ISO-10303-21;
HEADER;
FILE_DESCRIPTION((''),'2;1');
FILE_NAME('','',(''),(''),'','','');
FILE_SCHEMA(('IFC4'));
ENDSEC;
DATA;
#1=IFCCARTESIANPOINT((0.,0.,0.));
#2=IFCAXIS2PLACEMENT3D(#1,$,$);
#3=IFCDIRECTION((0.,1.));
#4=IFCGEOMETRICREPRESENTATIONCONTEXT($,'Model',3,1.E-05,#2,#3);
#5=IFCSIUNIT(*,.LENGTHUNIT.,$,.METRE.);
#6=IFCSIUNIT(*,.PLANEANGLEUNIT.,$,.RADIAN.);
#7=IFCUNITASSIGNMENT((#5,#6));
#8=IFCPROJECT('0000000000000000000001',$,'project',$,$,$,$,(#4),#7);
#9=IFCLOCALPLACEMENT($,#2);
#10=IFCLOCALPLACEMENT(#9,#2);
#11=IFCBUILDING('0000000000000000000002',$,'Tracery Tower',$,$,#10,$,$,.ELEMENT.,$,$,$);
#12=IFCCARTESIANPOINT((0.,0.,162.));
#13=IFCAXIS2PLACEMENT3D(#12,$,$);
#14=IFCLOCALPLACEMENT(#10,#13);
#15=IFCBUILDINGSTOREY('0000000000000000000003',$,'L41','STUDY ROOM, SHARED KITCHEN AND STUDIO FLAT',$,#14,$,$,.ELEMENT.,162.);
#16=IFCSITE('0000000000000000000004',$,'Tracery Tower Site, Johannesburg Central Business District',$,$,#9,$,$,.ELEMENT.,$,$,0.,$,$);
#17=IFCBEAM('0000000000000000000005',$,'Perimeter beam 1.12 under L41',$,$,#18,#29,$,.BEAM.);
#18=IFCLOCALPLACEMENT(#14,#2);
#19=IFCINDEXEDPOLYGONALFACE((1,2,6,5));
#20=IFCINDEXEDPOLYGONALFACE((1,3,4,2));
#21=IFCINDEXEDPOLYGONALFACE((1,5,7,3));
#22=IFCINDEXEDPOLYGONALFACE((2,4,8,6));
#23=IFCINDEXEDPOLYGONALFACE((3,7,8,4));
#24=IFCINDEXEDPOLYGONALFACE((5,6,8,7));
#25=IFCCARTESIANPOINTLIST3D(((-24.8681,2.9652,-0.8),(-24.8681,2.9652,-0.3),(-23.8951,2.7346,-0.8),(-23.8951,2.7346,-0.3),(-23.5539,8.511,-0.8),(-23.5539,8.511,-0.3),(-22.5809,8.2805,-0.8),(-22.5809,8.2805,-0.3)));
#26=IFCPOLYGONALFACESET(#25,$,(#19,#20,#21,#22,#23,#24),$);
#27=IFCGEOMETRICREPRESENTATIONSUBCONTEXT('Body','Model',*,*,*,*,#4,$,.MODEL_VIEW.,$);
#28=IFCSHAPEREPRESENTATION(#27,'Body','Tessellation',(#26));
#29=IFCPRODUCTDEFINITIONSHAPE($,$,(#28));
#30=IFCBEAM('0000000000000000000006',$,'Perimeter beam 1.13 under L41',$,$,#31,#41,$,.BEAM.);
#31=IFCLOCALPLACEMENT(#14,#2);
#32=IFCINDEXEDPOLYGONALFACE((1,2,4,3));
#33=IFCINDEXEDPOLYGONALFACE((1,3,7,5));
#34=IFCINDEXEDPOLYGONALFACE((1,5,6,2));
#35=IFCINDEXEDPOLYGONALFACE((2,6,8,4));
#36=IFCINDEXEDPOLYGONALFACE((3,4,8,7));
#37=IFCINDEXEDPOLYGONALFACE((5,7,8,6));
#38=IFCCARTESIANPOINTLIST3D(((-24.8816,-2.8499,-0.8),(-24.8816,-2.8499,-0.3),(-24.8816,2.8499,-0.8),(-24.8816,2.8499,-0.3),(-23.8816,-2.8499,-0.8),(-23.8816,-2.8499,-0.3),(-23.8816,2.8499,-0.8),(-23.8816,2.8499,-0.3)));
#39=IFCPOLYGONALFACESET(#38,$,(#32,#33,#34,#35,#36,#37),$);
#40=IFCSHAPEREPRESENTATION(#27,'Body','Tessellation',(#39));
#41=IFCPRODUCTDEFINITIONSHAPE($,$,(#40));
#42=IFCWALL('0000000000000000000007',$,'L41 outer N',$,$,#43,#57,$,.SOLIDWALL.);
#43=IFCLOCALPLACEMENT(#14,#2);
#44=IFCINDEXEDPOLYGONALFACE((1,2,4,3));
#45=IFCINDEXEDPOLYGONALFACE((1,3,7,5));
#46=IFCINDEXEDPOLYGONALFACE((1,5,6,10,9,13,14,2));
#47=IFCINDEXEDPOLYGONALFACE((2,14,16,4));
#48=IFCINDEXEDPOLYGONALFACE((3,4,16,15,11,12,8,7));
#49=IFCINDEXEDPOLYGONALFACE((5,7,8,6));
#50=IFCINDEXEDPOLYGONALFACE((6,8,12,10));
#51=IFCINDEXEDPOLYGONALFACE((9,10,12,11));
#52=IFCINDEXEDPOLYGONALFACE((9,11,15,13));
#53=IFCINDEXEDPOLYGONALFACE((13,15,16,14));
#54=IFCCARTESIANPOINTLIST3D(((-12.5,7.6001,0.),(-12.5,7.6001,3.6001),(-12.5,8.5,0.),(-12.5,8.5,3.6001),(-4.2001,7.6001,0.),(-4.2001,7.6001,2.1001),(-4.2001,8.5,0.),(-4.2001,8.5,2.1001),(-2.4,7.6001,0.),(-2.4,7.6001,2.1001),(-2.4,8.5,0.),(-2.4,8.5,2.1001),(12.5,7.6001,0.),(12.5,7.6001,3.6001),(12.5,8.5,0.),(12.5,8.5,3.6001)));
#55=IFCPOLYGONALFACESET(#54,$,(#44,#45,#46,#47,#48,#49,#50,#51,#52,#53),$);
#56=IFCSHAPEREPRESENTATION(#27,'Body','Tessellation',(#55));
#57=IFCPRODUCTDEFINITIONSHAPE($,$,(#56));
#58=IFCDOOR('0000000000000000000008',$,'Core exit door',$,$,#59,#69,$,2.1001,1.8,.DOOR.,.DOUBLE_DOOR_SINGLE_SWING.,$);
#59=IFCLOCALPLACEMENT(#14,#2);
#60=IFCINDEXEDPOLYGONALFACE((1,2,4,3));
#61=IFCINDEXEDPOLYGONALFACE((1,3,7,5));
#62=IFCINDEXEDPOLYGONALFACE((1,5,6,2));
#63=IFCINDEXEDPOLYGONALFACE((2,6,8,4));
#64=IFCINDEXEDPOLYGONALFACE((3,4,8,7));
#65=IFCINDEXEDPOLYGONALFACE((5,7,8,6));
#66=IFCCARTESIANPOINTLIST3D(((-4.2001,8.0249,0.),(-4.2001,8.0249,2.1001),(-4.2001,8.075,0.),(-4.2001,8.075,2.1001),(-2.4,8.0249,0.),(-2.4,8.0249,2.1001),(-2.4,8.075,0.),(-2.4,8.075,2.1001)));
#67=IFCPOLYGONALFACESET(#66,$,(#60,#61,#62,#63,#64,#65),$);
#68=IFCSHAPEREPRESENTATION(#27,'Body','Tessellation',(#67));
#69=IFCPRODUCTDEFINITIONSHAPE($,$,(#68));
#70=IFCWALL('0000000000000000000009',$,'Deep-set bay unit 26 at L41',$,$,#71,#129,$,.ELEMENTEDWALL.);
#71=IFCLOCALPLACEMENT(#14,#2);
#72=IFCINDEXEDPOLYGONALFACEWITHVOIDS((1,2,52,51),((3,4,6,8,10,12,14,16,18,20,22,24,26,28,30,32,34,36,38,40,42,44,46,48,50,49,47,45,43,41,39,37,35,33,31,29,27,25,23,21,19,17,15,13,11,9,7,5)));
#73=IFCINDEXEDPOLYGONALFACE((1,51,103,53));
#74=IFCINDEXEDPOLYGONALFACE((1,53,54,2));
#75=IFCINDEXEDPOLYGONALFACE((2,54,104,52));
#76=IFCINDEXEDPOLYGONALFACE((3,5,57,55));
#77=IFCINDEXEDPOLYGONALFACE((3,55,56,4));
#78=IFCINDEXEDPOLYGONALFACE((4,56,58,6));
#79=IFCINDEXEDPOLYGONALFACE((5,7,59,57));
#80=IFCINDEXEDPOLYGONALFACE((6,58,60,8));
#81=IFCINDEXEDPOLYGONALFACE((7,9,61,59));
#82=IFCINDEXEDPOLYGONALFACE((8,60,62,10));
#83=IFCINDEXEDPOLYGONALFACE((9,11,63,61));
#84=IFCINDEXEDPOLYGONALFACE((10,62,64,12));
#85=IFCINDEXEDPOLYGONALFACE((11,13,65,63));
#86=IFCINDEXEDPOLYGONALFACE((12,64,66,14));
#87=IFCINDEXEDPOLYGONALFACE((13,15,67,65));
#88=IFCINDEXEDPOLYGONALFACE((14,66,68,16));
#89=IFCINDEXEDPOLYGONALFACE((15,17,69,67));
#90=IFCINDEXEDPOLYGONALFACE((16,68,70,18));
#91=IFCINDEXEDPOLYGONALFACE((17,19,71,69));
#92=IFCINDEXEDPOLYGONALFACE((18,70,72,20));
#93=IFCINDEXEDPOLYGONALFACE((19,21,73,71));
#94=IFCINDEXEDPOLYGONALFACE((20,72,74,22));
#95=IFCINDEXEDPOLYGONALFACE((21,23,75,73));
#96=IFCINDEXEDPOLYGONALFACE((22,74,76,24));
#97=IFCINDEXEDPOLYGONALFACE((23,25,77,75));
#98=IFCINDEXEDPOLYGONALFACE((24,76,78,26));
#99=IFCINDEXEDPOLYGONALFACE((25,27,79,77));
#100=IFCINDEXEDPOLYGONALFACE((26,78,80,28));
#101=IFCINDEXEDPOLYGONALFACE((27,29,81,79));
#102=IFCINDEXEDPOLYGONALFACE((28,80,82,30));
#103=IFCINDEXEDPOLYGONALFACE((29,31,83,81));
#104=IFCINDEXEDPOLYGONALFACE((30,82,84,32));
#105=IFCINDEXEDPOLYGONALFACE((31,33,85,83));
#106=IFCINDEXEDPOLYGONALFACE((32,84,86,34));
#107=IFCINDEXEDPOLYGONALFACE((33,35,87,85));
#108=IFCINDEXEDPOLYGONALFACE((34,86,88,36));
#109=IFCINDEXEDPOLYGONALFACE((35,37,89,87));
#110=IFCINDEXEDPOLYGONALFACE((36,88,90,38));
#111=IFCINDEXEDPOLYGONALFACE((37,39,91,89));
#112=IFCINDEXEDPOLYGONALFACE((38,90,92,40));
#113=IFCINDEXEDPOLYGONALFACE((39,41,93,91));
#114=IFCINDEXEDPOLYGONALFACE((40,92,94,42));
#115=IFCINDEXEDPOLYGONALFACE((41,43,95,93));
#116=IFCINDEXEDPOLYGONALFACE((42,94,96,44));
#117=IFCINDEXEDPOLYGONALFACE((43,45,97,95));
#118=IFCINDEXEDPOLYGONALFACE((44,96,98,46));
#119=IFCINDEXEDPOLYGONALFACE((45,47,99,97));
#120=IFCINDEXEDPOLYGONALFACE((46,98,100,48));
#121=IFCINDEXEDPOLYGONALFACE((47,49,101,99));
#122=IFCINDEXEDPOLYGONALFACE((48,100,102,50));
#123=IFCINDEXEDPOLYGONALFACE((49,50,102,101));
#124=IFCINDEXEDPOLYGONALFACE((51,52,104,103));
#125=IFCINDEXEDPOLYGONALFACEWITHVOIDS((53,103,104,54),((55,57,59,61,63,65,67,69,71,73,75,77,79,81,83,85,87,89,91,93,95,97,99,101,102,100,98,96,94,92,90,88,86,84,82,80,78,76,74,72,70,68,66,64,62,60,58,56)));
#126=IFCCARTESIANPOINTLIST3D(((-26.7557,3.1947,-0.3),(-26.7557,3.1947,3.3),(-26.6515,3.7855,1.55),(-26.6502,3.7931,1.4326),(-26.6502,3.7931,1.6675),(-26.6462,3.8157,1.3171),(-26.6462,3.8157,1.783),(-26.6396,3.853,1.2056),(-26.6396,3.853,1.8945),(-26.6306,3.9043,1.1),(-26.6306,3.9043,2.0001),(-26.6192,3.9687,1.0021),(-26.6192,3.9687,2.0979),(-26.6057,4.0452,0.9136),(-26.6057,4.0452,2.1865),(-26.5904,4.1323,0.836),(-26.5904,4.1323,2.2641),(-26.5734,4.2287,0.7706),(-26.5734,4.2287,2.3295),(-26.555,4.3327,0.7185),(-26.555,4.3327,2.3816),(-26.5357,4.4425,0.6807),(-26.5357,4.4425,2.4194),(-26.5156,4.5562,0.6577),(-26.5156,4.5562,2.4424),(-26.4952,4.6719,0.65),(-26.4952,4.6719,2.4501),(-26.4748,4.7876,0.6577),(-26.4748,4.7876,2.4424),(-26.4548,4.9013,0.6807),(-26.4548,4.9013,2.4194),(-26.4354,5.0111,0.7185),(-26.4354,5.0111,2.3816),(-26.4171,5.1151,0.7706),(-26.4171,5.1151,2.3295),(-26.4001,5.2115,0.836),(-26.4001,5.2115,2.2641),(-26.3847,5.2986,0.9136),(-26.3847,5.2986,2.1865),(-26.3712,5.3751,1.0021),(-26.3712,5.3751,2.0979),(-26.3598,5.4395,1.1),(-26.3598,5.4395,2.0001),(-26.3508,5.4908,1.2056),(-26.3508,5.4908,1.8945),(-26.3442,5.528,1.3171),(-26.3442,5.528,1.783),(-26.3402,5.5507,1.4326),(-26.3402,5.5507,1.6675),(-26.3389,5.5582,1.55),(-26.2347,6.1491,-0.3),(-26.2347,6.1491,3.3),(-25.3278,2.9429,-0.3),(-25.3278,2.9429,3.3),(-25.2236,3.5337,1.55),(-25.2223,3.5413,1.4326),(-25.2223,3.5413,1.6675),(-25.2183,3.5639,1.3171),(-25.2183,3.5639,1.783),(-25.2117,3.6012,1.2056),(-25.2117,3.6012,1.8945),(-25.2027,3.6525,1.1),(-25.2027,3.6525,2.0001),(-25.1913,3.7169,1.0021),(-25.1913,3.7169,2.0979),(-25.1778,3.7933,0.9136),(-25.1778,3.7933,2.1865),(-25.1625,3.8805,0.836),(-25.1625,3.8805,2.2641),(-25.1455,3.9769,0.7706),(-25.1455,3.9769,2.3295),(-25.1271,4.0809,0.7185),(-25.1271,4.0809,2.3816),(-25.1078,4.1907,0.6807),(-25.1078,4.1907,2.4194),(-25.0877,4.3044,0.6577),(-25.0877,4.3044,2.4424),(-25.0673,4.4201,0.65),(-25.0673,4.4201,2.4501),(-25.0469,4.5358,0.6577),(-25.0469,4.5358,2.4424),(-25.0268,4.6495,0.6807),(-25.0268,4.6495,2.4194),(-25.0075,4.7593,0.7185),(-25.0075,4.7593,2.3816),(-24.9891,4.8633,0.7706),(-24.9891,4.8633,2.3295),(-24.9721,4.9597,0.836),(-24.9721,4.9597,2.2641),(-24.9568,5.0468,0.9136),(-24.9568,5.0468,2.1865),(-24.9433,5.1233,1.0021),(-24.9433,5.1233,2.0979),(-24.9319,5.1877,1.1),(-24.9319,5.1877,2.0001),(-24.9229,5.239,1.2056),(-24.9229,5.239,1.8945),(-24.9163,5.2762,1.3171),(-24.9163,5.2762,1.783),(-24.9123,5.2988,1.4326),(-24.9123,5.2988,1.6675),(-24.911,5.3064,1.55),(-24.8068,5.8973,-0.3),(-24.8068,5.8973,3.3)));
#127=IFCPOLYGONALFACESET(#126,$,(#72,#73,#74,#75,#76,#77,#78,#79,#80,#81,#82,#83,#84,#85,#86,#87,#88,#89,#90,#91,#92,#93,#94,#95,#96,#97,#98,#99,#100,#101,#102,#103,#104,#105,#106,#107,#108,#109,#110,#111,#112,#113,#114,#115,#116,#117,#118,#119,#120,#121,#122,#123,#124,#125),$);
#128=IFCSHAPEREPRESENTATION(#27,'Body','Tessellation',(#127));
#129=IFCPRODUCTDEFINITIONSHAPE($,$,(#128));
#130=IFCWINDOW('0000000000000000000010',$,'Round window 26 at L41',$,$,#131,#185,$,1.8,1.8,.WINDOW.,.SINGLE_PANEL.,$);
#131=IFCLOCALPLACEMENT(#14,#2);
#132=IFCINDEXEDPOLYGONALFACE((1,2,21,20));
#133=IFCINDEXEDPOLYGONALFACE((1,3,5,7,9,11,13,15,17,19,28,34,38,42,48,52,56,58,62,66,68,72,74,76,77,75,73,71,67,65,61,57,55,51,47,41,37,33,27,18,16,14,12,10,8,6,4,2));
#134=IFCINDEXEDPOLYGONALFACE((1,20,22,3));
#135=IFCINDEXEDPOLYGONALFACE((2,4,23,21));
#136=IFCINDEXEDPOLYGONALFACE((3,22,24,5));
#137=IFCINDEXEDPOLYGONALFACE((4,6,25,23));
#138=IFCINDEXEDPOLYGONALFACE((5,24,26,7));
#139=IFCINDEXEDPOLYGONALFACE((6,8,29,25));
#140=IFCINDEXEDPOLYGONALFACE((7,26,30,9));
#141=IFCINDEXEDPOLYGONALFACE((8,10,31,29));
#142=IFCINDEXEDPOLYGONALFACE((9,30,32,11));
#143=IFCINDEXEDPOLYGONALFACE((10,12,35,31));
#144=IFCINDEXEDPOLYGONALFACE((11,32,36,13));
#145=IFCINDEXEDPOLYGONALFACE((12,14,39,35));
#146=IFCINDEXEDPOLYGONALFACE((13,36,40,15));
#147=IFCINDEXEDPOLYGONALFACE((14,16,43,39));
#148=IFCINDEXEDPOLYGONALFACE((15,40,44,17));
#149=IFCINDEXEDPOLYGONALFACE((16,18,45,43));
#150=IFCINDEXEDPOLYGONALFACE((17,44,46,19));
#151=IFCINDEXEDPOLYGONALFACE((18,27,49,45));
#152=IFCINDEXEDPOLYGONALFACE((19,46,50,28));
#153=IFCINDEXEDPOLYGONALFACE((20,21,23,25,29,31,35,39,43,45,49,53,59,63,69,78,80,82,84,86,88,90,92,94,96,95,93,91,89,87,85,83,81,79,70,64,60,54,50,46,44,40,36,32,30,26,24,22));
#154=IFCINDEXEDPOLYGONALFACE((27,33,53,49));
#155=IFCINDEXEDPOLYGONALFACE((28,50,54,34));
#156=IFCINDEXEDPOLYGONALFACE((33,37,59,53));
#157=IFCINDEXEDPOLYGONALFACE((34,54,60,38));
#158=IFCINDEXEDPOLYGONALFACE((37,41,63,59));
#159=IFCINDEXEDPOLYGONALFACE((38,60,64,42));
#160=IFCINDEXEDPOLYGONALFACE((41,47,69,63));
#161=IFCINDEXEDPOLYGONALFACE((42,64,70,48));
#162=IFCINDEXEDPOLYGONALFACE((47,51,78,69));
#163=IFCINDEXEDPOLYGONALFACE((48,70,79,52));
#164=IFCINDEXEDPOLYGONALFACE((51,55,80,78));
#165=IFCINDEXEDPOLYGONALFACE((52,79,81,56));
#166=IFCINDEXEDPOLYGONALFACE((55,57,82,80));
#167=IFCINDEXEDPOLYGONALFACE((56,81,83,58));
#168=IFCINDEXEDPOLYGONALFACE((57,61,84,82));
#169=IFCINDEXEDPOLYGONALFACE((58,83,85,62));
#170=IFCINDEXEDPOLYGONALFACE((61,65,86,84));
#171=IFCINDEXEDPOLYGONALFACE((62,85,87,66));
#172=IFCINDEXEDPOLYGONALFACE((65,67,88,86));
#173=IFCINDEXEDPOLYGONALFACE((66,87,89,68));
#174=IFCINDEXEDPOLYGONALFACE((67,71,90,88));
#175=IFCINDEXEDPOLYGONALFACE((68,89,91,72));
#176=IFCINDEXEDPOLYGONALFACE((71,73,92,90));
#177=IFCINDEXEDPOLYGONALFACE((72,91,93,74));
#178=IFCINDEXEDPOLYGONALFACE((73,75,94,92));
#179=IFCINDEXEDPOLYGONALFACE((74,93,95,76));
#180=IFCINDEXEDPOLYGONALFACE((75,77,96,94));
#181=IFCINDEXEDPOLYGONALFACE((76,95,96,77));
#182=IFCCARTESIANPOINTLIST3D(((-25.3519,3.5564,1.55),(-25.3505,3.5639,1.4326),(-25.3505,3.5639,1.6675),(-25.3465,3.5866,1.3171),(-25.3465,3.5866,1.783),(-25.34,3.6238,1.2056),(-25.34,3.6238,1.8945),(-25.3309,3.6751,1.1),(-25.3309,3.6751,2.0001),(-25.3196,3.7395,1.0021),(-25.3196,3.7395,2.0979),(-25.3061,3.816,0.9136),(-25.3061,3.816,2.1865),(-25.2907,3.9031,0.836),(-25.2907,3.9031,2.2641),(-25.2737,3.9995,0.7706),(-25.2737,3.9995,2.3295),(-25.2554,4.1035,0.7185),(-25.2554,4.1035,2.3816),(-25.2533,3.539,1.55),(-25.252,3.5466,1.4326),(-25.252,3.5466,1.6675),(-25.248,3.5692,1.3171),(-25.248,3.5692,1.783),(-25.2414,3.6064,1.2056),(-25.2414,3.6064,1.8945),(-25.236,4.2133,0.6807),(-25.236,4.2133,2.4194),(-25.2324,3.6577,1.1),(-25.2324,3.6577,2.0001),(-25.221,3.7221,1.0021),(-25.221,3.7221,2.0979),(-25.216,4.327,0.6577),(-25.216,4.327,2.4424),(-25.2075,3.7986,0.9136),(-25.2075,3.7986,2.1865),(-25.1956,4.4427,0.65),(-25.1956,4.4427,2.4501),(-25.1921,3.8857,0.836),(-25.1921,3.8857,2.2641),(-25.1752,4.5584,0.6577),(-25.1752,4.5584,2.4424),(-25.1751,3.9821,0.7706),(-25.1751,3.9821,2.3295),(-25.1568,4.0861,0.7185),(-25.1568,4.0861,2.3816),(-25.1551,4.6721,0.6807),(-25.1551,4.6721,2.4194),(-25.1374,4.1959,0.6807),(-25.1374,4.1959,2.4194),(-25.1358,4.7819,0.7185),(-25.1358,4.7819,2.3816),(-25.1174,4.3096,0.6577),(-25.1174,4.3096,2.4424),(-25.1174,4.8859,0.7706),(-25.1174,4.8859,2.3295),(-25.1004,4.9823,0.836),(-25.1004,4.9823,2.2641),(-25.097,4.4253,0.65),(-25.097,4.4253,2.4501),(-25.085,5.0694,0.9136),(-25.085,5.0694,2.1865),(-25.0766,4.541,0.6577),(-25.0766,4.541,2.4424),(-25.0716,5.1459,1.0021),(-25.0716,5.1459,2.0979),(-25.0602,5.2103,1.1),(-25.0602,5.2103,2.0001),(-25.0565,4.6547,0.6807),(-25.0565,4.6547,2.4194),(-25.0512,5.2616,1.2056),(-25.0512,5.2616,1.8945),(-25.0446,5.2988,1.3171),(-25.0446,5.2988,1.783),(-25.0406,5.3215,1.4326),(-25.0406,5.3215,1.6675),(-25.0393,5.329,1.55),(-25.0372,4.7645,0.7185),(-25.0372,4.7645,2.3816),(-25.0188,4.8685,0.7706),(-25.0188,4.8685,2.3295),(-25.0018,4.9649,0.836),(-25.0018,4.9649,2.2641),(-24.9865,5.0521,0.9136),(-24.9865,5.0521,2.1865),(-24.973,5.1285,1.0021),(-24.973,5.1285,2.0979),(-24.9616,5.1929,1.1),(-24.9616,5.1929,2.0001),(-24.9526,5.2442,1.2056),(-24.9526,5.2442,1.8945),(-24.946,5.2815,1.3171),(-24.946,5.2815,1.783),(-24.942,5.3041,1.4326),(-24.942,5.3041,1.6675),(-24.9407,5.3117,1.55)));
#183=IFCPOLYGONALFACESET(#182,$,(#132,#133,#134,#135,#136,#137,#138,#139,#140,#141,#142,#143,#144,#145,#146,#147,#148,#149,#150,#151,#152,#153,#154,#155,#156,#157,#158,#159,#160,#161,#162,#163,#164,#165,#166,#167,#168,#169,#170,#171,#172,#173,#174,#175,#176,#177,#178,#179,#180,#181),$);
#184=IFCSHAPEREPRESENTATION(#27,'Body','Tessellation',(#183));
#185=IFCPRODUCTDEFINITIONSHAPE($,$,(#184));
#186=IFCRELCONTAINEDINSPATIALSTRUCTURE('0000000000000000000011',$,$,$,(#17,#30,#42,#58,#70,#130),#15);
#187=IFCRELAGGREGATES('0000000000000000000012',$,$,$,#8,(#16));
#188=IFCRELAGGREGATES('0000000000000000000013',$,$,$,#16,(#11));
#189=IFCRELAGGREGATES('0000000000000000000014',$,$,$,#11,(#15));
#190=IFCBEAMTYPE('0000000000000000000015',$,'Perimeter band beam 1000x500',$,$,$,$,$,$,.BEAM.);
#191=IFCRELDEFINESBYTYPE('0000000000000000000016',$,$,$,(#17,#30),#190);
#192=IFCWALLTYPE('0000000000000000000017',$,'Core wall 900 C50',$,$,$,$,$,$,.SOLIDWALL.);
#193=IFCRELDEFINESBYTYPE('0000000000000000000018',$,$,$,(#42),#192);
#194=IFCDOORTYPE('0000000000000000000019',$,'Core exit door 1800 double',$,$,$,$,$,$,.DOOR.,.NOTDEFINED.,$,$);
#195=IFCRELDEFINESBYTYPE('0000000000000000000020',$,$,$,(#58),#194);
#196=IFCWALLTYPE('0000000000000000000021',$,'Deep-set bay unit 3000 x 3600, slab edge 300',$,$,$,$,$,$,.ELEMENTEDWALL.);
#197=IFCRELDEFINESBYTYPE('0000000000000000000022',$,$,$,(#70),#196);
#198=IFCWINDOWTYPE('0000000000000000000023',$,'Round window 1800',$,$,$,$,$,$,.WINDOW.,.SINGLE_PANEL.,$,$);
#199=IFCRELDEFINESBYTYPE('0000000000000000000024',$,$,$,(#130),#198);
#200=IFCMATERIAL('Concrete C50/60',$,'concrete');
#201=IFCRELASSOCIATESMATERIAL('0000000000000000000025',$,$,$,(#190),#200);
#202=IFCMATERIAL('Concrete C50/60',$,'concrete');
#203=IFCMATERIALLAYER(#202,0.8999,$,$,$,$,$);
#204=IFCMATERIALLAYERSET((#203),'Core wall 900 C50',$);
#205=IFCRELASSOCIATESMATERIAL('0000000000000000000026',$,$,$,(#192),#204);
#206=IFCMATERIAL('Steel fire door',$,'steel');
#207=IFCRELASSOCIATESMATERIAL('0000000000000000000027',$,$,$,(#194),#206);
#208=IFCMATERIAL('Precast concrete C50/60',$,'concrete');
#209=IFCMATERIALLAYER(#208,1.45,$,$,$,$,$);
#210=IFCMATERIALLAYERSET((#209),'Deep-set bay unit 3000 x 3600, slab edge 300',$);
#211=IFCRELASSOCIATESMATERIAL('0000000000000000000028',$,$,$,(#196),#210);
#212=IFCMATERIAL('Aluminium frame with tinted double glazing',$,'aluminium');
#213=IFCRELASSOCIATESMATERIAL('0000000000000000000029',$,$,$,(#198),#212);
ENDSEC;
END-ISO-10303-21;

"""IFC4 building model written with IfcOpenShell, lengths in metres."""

from ifc_helpers import new_model, si_unit, direction, frame, frame_2d, origin, origin_2d, place, context, subcontext, project, spatial, rectangle, circle, extrude, material, layer, layer_set, material_profile, profile_set, type_object, element, fill, save


model = new_model("IFC4")

# Units and contexts
model_context = context("Model", 3, precision=1e-05, world=origin(), true_north=direction((0.0, 1.0)))
body_context = subcontext(model_context, "Body", "Model", "MODEL_VIEW")
ifc_project = project(units=[si_unit("LENGTHUNIT", "METRE"), si_unit("PLANEANGLEUNIT", "RADIAN")], contexts=[model_context])

# Site, building, storey
site_placement = place(None, origin())
site = spatial("IfcSite", under=ifc_project, at=site_placement, Name="Tracery Tower Site, Johannesburg Central Business District", CompositionType="ELEMENT", RefElevation=0.0)
building_placement = place(site_placement, origin())
building = spatial("IfcBuilding", under=site, at=building_placement, Name="Tracery Tower", CompositionType="ELEMENT")
storey_placement = place(building_placement, frame((0.0, 0.0, 162.0)))
storey = spatial("IfcBuildingStorey", under=building, at=storey_placement, Name="L41", Description="STUDY ROOM, SHARED KITCHEN AND STUDIO FLAT", CompositionType="ELEMENT", Elevation=162.0)

# Beams
ifc_material_1 = material(Name="Concrete C50/60", Category="concrete")
ifc_material_profile_1 = material_profile(ifc_material_1, rectangle(XDim=1.0, YDim=0.5, at=origin_2d()), Name="RC 1000x500")
ifc_profile_set_1 = profile_set([ifc_material_profile_1], Name="Concrete C50/60")
beam_type = type_object("IfcBeamType", Name="Perimeter band beam 1000x500", PredefinedType="BEAM", material=ifc_profile_set_1)
beam_1_placement = place(storey_placement, frame((-23.0674, 8.3958, -0.55), z_axis=(-0.230584, -0.973052, 0.0), x_axis=(0.973052, -0.230584, 0.0)))
element("IfcBeam", 1, at=beam_1_placement, inside=storey, type_object=beam_type, Name="Perimeter beam 1.12 under L41", PredefinedType="BEAM", context=body_context, shape_type="SweptSolid", body=[
    extrude(rectangle(XDim=1.0, YDim=0.5, at=origin_2d()), origin(), (0.0, 0.0, 1.0), 5.6995),
])
beam_2_placement = place(storey_placement, frame((-24.3816, 2.8499, -0.55), z_axis=(0.0, -1.0, 0.0), x_axis=(1.0, 0.0, 0.0)))
element("IfcBeam", 2, at=beam_2_placement, inside=storey, type_object=beam_type, Name="Perimeter beam 1.13 under L41", PredefinedType="BEAM", context=body_context, shape_type="SweptSolid", body=[
    extrude(rectangle(XDim=1.0, YDim=0.5, at=origin_2d()), origin(), (0.0, 0.0, 1.0), 5.6997),
])

# Wall, opening, door
ifc_material_2 = material(Name="Concrete C50/60", Category="concrete")
ifc_layer_1 = layer(ifc_material_2, 0.8999)
ifc_layer_set_1 = layer_set([ifc_layer_1], Name="Core wall 900 C50")
wall_type_1 = type_object("IfcWallType", Name="Core wall 900 C50", PredefinedType="SOLIDWALL", material=ifc_layer_set_1)
wall_1_placement = place(storey_placement, frame((-12.5, 8.05, 0.0), z_axis=(0.0, 0.0, 1.0), x_axis=(1.0, 0.0, 0.0)))
wall_1 = element("IfcWall", 3, at=wall_1_placement, inside=storey, type_object=wall_type_1, Name="L41 outer N", PredefinedType="SOLIDWALL", context=body_context, shape_type="SweptSolid", body=[
    extrude(rectangle(XDim=25.0, YDim=0.8999, at=frame_2d((12.5, 0.0))), origin(), (0.0, 0.0, 1.0), 3.6001),
])
opening_1_placement = place(wall_1_placement, frame((8.3, 0.0, 0.0)))
opening_1 = element("IfcOpeningElement", 4, at=opening_1_placement, cuts=wall_1, PredefinedType="OPENING", context=body_context, shape_type="SweptSolid", body=[
    extrude(rectangle(XDim=1.8, YDim=2.1001, at=frame_2d((0.8999, 1.05))), frame((0.0, 0.45, 0.0), z_axis=(0.0, -1.0, 0.0), x_axis=(1.0, 0.0, 0.0)), (0.0, 0.0, 1.0), 0.8999),
])
ifc_material_3 = material(Name="Steel fire door", Category="steel")
door_type_1 = type_object("IfcDoorType", Name="Core exit door 1800 double", OperationType="NOTDEFINED", PredefinedType="DOOR", material=ifc_material_3)
door_1_placement = place(opening_1_placement, origin())
door_1 = element("IfcDoor", 5, at=door_1_placement, inside=storey, type_object=door_type_1, Name="Core exit door", OperationType="DOUBLE_DOOR_SINGLE_SWING", OverallHeight=2.1001, OverallWidth=1.8, PredefinedType="DOOR", context=body_context, shape_type="SweptSolid", body=[
    extrude(rectangle(XDim=1.8, YDim=2.1001, at=frame_2d((0.8999, 1.05))), frame((0.0, 0.0249, 0.0), z_axis=(0.0, -1.0, 0.0), x_axis=(1.0, 0.0, 0.0)), (0.0, 0.0, 1.0), 0.05),
])
fill(opening_1, door_1)

# Wall, opening, window
ifc_material_4 = material(Name="Precast concrete C50/60", Category="concrete")
ifc_layer_2 = layer(ifc_material_4, 1.45)
ifc_layer_set_2 = layer_set([ifc_layer_2], Name="Deep-set bay unit 3000 x 3600, slab edge 300")
wall_type_2 = type_object("IfcWallType", Name="Deep-set bay unit 3000 x 3600, slab edge 300", PredefinedType="ELEMENTEDWALL", material=ifc_layer_set_2)
wall_2_placement = place(storey_placement, frame((-25.5208, 6.0232, -0.3), z_axis=(0.0, 0.0, 1.0), x_axis=(-0.173669, -0.984804, 0.0)))
wall_2 = element("IfcWall", 6, at=wall_2_placement, inside=storey, type_object=wall_type_2, Name="Deep-set bay unit 26 at L41", PredefinedType="ELEMENTEDWALL", context=body_context, shape_type="SweptSolid", body=[
    extrude(rectangle(XDim=3.0, YDim=1.45, at=frame_2d((1.5, 0.0))), origin(), (0.0, 0.0, 1.0), 3.6001),
])
opening_2_placement = place(wall_2_placement, frame((1.5, 0.0, 1.8501)))
opening_2 = element("IfcOpeningElement", 7, at=opening_2_placement, cuts=wall_2, PredefinedType="OPENING", context=body_context, shape_type="SweptSolid", body=[
    extrude(circle(Radius=0.9, at=origin_2d()), frame((0.0, 0.7349, 0.0), z_axis=(0.0, -1.0, 0.0), x_axis=(1.0, 0.0, 0.0)), (0.0, 0.0, 1.0), 1.47),
])
ifc_material_5 = material(Name="Aluminium frame with tinted double glazing", Category="aluminium")
window_type = type_object("IfcWindowType", Name="Round window 1800", PartitioningType="SINGLE_PANEL", PredefinedType="WINDOW", material=ifc_material_5)
window_1_placement = place(opening_2_placement, origin())
window_1 = element("IfcWindow", 8, at=window_1_placement, inside=storey, type_object=window_type, Name="Round window 26 at L41", OverallHeight=1.8, OverallWidth=1.8, PartitioningType="SINGLE_PANEL", PredefinedType="WINDOW", context=body_context, shape_type="SweptSolid", body=[
    extrude(circle(Radius=0.9, at=origin_2d()), frame((0.0, 0.6948, 0.0), z_axis=(0.0, -1.0, 0.0), x_axis=(1.0, 0.0, 0.0)), (0.0, 0.0, 1.0), 0.1001),
])
fill(opening_2, window_1)

save(model, "model.ifc")
